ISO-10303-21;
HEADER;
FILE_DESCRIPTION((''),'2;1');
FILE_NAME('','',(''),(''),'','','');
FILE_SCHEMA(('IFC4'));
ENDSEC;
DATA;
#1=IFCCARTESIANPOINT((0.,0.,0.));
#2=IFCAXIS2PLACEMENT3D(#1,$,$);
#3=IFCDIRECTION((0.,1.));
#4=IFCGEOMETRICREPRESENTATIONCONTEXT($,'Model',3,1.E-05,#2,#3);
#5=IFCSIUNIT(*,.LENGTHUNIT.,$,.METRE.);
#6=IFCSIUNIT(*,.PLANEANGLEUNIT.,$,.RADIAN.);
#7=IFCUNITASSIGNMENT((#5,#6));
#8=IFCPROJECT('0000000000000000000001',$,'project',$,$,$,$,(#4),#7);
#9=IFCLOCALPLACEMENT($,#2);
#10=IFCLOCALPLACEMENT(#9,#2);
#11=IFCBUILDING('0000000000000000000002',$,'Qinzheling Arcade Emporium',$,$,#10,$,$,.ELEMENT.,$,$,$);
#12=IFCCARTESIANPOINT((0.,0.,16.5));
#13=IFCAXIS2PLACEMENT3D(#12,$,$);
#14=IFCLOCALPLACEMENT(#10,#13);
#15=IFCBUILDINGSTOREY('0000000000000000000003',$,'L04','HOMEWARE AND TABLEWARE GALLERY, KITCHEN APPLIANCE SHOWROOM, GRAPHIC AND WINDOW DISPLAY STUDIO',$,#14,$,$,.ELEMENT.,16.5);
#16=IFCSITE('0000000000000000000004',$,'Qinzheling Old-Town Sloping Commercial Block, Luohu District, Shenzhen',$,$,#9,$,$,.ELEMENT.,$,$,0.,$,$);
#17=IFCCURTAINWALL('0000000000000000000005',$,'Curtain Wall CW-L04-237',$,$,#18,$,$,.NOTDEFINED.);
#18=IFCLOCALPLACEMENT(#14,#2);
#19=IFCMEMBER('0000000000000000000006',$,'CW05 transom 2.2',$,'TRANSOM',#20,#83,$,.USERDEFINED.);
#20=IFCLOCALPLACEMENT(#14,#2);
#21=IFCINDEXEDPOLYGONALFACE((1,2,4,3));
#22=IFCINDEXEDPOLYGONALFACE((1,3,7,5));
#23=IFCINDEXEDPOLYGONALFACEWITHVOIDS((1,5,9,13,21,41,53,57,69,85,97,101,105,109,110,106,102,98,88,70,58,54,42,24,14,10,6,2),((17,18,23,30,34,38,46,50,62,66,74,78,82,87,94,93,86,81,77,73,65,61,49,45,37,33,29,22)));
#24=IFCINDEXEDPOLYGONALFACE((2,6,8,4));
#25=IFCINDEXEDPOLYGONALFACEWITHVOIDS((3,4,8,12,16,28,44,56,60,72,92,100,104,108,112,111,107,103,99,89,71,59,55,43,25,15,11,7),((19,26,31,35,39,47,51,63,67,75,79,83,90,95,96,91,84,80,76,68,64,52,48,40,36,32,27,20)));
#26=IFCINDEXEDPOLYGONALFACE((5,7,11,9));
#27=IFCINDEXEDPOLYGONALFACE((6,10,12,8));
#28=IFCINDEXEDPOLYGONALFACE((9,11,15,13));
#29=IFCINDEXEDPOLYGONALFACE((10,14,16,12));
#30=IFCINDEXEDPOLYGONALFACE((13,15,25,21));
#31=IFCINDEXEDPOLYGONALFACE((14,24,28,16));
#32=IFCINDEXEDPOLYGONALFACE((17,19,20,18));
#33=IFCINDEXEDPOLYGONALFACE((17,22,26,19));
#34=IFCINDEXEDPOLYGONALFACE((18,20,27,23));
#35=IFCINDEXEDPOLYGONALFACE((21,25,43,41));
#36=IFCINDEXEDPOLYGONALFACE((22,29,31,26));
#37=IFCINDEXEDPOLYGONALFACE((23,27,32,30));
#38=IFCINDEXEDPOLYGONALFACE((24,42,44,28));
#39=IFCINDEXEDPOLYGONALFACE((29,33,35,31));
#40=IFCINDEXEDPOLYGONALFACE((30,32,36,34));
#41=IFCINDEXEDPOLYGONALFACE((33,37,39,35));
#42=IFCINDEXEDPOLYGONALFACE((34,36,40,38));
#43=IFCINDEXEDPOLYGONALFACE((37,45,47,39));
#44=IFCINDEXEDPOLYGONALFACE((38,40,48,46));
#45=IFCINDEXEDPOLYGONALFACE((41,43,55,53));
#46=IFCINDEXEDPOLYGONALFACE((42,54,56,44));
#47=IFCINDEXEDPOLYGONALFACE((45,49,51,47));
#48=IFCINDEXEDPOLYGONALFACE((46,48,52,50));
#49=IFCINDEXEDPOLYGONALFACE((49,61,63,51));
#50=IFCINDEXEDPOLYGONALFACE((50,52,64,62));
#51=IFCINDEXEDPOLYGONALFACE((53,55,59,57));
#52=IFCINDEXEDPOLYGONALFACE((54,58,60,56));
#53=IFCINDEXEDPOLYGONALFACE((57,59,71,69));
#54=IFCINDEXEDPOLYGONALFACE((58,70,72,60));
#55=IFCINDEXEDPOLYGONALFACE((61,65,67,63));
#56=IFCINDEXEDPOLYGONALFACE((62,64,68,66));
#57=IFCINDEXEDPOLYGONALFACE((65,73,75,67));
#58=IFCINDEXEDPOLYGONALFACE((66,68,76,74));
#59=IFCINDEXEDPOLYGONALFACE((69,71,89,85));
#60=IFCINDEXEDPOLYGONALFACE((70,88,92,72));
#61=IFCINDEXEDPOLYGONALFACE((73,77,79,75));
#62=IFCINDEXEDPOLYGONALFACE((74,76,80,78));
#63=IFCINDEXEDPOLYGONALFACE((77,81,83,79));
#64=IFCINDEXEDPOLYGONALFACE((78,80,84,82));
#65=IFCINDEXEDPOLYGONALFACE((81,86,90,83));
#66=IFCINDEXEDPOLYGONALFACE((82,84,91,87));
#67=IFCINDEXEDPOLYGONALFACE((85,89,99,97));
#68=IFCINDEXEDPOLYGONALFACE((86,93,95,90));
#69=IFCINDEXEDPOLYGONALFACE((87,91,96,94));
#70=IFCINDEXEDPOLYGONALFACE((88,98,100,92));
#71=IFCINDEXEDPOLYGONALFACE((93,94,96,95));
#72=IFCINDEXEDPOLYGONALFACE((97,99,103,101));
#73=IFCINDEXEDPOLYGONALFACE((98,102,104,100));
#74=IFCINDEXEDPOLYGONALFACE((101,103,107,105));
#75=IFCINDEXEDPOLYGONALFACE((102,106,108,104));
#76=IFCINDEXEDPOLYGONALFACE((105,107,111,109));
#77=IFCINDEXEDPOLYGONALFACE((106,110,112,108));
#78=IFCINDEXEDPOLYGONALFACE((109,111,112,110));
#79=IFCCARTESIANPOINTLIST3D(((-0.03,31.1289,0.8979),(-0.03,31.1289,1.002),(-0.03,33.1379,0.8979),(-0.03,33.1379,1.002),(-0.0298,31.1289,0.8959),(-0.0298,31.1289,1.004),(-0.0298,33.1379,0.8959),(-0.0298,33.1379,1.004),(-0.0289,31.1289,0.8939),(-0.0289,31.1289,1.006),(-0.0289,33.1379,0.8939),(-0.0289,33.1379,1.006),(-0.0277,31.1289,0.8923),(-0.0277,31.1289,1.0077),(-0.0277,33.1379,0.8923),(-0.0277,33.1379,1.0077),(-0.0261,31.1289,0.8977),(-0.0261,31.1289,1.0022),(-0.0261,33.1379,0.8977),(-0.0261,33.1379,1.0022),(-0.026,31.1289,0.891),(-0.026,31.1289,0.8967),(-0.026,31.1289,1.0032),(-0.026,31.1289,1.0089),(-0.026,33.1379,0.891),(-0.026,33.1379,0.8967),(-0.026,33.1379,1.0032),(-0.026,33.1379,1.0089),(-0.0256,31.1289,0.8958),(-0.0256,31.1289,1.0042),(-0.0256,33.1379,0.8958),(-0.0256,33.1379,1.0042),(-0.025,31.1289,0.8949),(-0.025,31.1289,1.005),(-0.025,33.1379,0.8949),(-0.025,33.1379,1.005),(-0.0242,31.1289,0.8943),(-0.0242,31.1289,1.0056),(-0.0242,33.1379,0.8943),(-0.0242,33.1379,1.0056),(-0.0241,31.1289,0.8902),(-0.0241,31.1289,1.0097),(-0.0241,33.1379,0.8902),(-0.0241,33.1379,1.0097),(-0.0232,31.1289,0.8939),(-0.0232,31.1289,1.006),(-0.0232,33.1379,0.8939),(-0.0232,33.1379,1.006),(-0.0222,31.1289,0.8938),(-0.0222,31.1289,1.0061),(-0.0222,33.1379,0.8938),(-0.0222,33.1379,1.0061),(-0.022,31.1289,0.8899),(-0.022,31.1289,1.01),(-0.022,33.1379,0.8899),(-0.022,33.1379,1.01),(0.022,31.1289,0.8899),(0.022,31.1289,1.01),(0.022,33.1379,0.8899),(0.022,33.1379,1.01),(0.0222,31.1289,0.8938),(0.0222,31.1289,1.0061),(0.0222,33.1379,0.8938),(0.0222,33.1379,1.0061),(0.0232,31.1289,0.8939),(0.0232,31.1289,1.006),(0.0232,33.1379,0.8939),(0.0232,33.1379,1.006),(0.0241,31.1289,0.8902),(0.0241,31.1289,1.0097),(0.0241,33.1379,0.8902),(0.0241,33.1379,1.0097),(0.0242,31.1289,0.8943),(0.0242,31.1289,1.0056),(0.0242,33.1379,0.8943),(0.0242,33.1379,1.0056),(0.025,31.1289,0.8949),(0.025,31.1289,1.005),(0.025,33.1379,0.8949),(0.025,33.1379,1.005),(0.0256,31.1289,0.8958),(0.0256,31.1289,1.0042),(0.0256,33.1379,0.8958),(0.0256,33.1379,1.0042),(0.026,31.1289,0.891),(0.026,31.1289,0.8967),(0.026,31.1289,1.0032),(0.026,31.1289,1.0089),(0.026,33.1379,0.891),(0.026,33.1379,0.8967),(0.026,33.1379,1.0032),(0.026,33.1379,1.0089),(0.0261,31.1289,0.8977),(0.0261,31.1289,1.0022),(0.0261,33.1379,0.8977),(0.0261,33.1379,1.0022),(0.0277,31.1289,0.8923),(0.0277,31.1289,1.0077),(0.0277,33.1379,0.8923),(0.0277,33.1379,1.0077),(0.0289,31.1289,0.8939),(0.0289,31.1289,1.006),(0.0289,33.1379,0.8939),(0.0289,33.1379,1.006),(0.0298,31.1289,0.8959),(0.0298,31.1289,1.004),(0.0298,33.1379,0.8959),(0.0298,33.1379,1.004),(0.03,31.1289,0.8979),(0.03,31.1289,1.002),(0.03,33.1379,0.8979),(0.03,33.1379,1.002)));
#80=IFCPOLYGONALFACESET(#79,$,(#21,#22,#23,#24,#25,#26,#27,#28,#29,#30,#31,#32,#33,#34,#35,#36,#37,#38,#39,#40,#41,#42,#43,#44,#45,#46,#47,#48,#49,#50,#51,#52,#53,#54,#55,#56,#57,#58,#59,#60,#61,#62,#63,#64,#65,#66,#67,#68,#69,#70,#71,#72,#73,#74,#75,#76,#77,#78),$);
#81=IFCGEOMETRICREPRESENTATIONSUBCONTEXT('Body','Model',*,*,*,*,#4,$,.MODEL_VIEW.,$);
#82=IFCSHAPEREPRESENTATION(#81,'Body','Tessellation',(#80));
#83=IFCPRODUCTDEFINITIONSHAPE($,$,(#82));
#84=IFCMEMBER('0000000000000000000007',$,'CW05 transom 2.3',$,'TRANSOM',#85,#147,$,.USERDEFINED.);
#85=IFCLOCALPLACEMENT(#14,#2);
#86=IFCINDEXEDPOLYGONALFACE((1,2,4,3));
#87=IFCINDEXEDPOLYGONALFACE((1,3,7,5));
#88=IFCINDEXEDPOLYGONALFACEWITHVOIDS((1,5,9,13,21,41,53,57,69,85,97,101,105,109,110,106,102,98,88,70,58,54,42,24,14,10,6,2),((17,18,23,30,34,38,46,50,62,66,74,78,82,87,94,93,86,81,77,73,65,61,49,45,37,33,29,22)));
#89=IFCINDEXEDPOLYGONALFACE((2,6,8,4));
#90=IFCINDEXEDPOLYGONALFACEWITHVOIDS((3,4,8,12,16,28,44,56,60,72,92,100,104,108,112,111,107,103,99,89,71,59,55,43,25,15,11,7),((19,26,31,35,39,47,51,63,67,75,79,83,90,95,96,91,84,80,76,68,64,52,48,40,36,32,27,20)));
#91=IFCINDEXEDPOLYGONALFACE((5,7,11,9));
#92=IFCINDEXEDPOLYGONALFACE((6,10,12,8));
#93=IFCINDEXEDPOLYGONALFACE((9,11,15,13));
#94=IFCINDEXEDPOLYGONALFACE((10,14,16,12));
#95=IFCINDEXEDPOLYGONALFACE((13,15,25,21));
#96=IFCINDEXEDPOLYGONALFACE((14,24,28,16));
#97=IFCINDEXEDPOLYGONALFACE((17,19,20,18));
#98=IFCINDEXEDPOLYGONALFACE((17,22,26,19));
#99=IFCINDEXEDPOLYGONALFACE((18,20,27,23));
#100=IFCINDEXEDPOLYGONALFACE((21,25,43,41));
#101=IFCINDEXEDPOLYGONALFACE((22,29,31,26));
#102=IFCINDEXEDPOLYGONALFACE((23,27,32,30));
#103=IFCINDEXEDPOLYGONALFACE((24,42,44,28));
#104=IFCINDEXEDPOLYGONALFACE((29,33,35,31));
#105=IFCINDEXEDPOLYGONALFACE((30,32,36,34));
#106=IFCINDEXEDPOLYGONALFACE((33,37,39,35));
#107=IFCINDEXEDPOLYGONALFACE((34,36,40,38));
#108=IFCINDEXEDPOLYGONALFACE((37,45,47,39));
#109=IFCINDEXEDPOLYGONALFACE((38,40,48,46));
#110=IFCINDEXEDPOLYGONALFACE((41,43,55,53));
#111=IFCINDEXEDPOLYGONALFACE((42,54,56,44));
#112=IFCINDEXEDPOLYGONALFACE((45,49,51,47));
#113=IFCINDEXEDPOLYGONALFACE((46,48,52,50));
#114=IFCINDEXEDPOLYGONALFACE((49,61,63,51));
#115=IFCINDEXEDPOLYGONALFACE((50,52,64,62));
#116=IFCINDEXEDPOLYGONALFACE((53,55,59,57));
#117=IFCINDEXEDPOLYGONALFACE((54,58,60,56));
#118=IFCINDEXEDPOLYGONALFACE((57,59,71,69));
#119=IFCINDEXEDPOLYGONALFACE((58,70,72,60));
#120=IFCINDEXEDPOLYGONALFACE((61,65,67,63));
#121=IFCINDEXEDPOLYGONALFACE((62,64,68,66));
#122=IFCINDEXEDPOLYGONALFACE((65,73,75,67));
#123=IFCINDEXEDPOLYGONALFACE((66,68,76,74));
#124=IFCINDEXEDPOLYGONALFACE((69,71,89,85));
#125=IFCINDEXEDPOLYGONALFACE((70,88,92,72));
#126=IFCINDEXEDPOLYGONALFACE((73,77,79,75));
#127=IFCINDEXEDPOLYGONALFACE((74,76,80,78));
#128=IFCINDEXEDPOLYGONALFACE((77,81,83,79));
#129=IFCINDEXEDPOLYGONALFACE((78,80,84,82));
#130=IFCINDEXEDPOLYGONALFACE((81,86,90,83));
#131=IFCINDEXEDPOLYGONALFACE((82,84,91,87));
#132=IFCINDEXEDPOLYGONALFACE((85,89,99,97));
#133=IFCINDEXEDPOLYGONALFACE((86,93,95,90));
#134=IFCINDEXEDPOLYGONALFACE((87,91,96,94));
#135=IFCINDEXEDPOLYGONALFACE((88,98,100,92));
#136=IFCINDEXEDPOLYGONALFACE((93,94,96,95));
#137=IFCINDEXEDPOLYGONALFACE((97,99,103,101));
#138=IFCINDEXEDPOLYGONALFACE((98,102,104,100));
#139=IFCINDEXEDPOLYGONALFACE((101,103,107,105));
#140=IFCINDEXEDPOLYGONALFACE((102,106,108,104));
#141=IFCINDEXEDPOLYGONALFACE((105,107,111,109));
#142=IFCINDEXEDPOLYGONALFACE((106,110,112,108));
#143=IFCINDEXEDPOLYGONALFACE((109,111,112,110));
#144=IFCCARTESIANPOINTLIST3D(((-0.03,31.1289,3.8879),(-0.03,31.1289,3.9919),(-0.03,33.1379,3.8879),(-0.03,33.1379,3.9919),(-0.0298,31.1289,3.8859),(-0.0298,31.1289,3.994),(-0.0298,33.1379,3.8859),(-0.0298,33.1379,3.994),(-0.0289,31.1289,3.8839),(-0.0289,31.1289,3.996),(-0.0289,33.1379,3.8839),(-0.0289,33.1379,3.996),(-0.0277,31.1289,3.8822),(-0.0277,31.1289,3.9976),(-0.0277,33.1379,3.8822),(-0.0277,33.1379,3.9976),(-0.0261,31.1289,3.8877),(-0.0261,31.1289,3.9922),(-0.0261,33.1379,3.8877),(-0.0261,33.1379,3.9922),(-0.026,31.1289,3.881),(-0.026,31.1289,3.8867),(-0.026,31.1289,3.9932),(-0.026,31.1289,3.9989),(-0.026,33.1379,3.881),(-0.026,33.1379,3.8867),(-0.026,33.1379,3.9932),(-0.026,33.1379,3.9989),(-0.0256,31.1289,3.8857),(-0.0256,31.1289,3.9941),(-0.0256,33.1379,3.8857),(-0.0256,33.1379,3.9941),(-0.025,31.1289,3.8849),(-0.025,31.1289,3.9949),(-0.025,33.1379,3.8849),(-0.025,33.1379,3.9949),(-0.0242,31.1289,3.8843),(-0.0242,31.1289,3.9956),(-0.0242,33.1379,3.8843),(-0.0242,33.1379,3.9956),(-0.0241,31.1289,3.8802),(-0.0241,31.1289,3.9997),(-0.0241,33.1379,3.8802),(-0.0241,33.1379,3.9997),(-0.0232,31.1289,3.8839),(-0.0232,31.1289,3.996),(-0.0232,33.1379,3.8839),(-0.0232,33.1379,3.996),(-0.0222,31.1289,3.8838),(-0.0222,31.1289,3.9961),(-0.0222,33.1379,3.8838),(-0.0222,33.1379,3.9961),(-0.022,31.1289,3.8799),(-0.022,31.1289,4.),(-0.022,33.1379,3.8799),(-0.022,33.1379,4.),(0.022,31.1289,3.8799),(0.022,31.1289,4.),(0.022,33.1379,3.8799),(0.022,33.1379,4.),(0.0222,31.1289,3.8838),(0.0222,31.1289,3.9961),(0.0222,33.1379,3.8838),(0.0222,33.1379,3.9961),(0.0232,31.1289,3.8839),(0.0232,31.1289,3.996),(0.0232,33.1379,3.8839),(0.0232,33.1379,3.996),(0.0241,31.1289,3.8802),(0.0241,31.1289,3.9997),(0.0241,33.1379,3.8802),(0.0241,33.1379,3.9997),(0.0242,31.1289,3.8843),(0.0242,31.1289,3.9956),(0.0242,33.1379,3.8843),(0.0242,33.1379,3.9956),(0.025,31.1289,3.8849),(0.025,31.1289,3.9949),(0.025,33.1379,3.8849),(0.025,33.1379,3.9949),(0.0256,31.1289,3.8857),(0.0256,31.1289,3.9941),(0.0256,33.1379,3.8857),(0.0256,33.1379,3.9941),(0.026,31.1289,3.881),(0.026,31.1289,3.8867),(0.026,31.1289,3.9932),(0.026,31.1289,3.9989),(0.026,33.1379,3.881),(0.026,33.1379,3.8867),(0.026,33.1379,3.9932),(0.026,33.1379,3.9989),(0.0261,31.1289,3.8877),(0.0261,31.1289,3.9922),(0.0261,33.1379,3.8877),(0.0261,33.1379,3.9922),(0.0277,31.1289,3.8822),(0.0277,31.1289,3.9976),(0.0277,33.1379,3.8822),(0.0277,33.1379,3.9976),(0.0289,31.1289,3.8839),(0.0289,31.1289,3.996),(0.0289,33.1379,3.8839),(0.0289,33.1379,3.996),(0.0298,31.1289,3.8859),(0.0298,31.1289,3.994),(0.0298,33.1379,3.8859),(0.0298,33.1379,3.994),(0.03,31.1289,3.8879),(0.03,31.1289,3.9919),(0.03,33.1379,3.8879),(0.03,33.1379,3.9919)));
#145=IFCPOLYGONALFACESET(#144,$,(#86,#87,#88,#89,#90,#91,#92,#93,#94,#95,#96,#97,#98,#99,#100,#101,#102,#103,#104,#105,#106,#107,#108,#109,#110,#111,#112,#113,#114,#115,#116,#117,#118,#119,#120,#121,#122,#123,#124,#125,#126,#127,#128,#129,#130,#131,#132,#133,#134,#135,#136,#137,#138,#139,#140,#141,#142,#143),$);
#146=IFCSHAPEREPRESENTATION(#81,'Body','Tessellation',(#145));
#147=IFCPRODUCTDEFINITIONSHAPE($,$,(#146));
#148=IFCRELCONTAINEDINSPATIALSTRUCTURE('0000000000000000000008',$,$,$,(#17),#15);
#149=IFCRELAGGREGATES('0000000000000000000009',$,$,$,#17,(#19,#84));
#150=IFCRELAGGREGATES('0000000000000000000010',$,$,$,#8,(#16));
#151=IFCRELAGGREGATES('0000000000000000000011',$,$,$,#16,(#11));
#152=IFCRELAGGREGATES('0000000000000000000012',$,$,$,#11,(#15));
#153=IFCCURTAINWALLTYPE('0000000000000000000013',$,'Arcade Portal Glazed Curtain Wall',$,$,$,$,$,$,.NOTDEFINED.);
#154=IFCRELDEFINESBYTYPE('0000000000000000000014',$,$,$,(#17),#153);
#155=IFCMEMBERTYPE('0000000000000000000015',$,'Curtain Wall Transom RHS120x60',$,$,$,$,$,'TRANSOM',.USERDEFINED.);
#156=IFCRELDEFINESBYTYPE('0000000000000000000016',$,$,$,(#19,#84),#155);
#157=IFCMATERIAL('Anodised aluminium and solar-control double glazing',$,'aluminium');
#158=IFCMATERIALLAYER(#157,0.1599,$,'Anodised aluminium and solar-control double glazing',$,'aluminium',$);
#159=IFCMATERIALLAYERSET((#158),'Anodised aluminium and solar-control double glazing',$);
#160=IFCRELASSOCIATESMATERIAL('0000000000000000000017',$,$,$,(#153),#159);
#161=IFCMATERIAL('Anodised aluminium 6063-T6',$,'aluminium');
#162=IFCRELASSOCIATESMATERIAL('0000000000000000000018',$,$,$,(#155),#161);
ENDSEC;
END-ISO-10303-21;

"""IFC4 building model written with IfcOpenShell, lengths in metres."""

from ifc_helpers import new_model, si_unit, direction, frame, origin, origin_2d, place, context, subcontext, project, spatial, hollow_rectangle, extrude, material, layer, layer_set, material_profile, profile_set, type_object, element, aggregate, save


model = new_model("IFC4")

# Units and contexts
model_context = context("Model", 3, precision=1e-05, world=origin(), true_north=direction((0.0, 1.0)))
body_context = subcontext(model_context, "Body", "Model", "MODEL_VIEW")
ifc_project = project(units=[si_unit("LENGTHUNIT", "METRE"), si_unit("PLANEANGLEUNIT", "RADIAN")], contexts=[model_context])

# Site, building, storey
site_placement = place(None, origin())
site = spatial("IfcSite", under=ifc_project, at=site_placement, Name="Qinzheling Old-Town Sloping Commercial Block, Luohu District, Shenzhen", CompositionType="ELEMENT", RefElevation=0.0)
building_placement = place(site_placement, origin())
building = spatial("IfcBuilding", under=site, at=building_placement, Name="Qinzheling Arcade Emporium", CompositionType="ELEMENT")
storey_placement = place(building_placement, frame((0.0, 0.0, 16.5)))
storey = spatial("IfcBuildingStorey", under=building, at=storey_placement, Name="L04", Description="HOMEWARE AND TABLEWARE GALLERY, KITCHEN APPLIANCE SHOWROOM, GRAPHIC AND WINDOW DISPLAY STUDIO", CompositionType="ELEMENT", Elevation=16.5)

# Shared definitions
ifc_material_1 = material(Name="Anodised aluminium and solar-control double glazing", Category="aluminium")
ifc_layer_1 = layer(ifc_material_1, 0.1599, Name="Anodised aluminium and solar-control double glazing", Category="aluminium")
ifc_layer_set_1 = layer_set([ifc_layer_1], Name="Anodised aluminium and solar-control double glazing")
curtain_wall_type = type_object("IfcCurtainWallType", Name="Arcade Portal Glazed Curtain Wall", PredefinedType="NOTDEFINED", material=ifc_layer_set_1)
ifc_material_2 = material(Name="Anodised aluminium 6063-T6", Category="aluminium")

# Curtain wall
curtain_wall_1_placement = place(storey_placement, origin())
curtain_wall_1 = element("IfcCurtainWall", 1, at=curtain_wall_1_placement, inside=storey, type_object=curtain_wall_type, Name="Curtain Wall CW-L04-237", PredefinedType="NOTDEFINED")

# Members
ifc_material_profile_1 = material_profile(ifc_material_2, hollow_rectangle(XDim=0.0601, YDim=0.1201, WallThickness=0.0039, InnerFilletRadius=0.0039, OuterFilletRadius=0.0081, at=origin_2d()), Name="RHS 120x60x4", Category="aluminium")
ifc_profile_set_1 = profile_set([ifc_material_profile_1], Name="Anodised aluminium 6063-T6")
member_type_1 = type_object("IfcMemberType", Name="Curtain Wall Transom RHS120x60", ElementType="TRANSOM", PredefinedType="USERDEFINED", material=ifc_profile_set_1)
member_1_placement = place(storey_placement, frame((0.0, 31.1289, 0.95), z_axis=(0.0, 1.0, 0.0), x_axis=(-1.0, 0.0, 0.0)))
member_1 = element("IfcMember", 2, at=member_1_placement, type_object=member_type_1, Name="CW05 transom 2.2", ObjectType="TRANSOM", PredefinedType="USERDEFINED", context=body_context, shape_type="SweptSolid", body=[
    extrude(hollow_rectangle(XDim=0.0601, YDim=0.1201, WallThickness=0.0039, InnerFilletRadius=0.0039, OuterFilletRadius=0.0081, at=origin_2d()), origin(), (0.0, 0.0, 1.0), 2.009),
])
member_2_placement = place(storey_placement, frame((0.0, 31.1289, 3.9399), z_axis=(0.0, 1.0, 0.0), x_axis=(-1.0, 0.0, 0.0)))
member_2 = element("IfcMember", 3, at=member_2_placement, type_object=member_type_1, Name="CW05 transom 2.3", ObjectType="TRANSOM", PredefinedType="USERDEFINED", context=body_context, shape_type="SweptSolid", body=[
    extrude(hollow_rectangle(XDim=0.0601, YDim=0.1201, WallThickness=0.0039, InnerFilletRadius=0.0039, OuterFilletRadius=0.0081, at=origin_2d()), origin(), (0.0, 0.0, 1.0), 2.009),
])

aggregate(curtain_wall_1, [member_1, member_2])

save(model, "model.ifc")
